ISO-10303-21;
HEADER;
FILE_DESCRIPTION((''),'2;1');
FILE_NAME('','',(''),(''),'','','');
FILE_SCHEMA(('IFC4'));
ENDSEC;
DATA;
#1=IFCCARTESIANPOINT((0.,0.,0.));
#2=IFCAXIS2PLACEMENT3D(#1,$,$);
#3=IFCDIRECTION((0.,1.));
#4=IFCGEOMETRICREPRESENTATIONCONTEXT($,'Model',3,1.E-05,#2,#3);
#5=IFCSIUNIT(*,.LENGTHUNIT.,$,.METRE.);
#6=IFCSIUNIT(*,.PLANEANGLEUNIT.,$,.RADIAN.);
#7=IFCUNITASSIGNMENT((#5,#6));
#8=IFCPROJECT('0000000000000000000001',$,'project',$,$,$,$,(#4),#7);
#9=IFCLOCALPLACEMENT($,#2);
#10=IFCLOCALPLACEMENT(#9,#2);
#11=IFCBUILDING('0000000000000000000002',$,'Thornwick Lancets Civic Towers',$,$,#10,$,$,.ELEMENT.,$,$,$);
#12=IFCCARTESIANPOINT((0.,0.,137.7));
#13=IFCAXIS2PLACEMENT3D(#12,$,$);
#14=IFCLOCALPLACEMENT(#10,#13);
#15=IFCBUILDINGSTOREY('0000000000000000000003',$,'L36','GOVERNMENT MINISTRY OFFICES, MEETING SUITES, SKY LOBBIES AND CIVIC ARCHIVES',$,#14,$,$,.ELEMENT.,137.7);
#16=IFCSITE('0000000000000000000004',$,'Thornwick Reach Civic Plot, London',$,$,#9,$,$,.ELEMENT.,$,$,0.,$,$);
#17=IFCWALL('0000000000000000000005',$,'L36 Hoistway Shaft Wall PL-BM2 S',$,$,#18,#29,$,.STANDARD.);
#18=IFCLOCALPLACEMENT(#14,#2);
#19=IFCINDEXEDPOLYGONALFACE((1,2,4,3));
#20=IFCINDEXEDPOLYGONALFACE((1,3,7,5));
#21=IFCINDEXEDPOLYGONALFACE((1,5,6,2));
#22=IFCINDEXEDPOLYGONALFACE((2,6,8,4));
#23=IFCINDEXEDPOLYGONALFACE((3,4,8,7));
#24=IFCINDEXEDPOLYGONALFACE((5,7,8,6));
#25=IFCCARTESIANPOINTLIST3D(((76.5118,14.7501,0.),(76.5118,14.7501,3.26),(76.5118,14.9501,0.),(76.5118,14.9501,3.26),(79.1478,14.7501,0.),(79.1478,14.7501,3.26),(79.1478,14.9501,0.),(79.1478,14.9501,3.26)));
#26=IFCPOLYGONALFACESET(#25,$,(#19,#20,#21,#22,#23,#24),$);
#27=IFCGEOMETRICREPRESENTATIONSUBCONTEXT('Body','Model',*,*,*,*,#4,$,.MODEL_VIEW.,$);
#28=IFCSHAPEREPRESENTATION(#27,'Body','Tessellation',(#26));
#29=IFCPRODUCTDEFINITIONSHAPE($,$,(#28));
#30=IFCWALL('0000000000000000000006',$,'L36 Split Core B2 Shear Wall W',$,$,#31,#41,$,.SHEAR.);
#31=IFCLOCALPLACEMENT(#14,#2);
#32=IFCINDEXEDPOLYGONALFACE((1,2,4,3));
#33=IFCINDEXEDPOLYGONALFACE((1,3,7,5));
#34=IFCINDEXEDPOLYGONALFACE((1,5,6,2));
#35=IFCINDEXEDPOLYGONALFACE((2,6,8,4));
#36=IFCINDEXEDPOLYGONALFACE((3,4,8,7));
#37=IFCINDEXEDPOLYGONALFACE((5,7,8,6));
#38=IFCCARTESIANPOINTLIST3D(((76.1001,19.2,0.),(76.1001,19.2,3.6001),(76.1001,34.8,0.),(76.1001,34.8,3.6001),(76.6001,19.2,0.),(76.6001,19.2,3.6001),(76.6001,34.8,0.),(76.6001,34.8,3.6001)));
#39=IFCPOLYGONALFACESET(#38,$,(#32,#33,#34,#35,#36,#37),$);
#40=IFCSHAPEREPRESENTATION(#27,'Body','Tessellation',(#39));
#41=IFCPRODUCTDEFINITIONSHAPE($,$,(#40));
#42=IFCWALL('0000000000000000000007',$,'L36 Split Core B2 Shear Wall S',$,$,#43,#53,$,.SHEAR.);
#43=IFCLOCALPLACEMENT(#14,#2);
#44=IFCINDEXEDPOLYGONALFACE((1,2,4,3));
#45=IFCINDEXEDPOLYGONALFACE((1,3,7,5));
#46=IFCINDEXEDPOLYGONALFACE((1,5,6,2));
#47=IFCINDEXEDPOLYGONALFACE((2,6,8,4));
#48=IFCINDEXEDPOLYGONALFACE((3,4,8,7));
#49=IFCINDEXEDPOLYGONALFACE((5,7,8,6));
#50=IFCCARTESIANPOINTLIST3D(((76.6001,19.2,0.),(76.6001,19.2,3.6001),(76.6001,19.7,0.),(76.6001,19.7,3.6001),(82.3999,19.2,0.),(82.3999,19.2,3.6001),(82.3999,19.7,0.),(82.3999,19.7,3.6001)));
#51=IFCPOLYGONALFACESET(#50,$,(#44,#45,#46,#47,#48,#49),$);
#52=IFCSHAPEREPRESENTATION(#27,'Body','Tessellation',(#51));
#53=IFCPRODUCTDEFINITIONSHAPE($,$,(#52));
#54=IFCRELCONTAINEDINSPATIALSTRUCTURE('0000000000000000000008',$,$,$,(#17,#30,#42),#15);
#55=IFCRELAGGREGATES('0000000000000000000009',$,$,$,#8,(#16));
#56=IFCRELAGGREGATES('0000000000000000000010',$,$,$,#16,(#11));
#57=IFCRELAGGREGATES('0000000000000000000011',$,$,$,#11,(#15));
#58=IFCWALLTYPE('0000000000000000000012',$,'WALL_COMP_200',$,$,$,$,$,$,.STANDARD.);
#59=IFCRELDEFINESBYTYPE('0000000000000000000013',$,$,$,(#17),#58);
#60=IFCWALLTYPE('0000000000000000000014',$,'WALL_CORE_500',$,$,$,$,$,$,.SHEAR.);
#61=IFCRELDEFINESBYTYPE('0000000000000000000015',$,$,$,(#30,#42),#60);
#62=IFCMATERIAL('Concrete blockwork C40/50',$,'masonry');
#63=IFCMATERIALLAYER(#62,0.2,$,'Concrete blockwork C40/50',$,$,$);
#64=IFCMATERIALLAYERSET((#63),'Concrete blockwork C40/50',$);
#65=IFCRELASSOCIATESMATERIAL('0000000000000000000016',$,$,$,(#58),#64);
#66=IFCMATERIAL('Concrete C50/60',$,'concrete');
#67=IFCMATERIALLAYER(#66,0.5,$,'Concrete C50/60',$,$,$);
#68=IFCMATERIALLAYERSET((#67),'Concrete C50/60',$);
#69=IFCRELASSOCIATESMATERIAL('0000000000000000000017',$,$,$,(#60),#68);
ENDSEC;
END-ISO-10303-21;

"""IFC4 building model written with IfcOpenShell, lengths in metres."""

from ifc_helpers import new_model, si_unit, direction, frame, frame_2d, origin, place, context, subcontext, project, spatial, rectangle, extrude, material, layer, layer_set, type_object, element, save


model = new_model("IFC4")

# Units and contexts
model_context = context("Model", 3, precision=1e-05, world=origin(), true_north=direction((0.0, 1.0)))
body_context = subcontext(model_context, "Body", "Model", "MODEL_VIEW")
ifc_project = project(units=[si_unit("LENGTHUNIT", "METRE"), si_unit("PLANEANGLEUNIT", "RADIAN")], contexts=[model_context])

# Site, building, storey
site_placement = place(None, origin())
site = spatial("IfcSite", under=ifc_project, at=site_placement, Name="Thornwick Reach Civic Plot, London", CompositionType="ELEMENT", RefElevation=0.0)
building_placement = place(site_placement, origin())
building = spatial("IfcBuilding", under=site, at=building_placement, Name="Thornwick Lancets Civic Towers", CompositionType="ELEMENT")
storey_placement = place(building_placement, frame((0.0, 0.0, 137.7)))
storey = spatial("IfcBuildingStorey", under=building, at=storey_placement, Name="L36", Description="GOVERNMENT MINISTRY OFFICES, MEETING SUITES, SKY LOBBIES AND CIVIC ARCHIVES", CompositionType="ELEMENT", Elevation=137.7)

# Walls
ifc_material_1 = material(Name="Concrete blockwork C40/50", Category="masonry")
ifc_layer_1 = layer(ifc_material_1, 0.2, Name="Concrete blockwork C40/50")
ifc_layer_set_1 = layer_set([ifc_layer_1], Name="Concrete blockwork C40/50")
wall_type_1 = type_object("IfcWallType", Name="WALL_COMP_200", PredefinedType="STANDARD", material=ifc_layer_set_1)
wall_1_placement = place(storey_placement, frame((76.512, 14.8501, 0.0), z_axis=(0.0, 0.0, 1.0), x_axis=(1.0, 0.0, 0.0)))
element("IfcWall", 1, at=wall_1_placement, inside=storey, type_object=wall_type_1, Name="L36 Hoistway Shaft Wall PL-BM2 S", PredefinedType="STANDARD", context=body_context, shape_type="SweptSolid", body=[
    extrude(rectangle(XDim=2.636, YDim=0.2, at=frame_2d((1.3179, 0.0))), origin(), (0.0, 0.0, 1.0), 3.26),
])
ifc_material_2 = material(Name="Concrete C50/60", Category="concrete")
ifc_layer_2 = layer(ifc_material_2, 0.5, Name="Concrete C50/60")
ifc_layer_set_2 = layer_set([ifc_layer_2], Name="Concrete C50/60")
wall_type_2 = type_object("IfcWallType", Name="WALL_CORE_500", PredefinedType="SHEAR", material=ifc_layer_set_2)
wall_2_placement = place(storey_placement, frame((76.3501, 19.2, 0.0), z_axis=(0.0, 0.0, 1.0), x_axis=(0.0, 1.0, 0.0)))
element("IfcWall", 2, at=wall_2_placement, inside=storey, type_object=wall_type_2, Name="L36 Split Core B2 Shear Wall W", PredefinedType="SHEAR", context=body_context, shape_type="SweptSolid", body=[
    extrude(rectangle(XDim=15.6001, YDim=0.5, at=frame_2d((7.8, 0.0))), origin(), (0.0, 0.0, 1.0), 3.6001),
])
wall_3_placement = place(storey_placement, frame((76.6001, 19.45, 0.0), z_axis=(0.0, 0.0, 1.0), x_axis=(1.0, 0.0, 0.0)))
element("IfcWall", 3, at=wall_3_placement, inside=storey, type_object=wall_type_2, Name="L36 Split Core B2 Shear Wall S", PredefinedType="SHEAR", context=body_context, shape_type="SweptSolid", body=[
    extrude(rectangle(XDim=5.7998, YDim=0.5, at=frame_2d((2.8999, 0.0))), origin(), (0.0, 0.0, 1.0), 3.6001),
])

save(model, "model.ifc")
